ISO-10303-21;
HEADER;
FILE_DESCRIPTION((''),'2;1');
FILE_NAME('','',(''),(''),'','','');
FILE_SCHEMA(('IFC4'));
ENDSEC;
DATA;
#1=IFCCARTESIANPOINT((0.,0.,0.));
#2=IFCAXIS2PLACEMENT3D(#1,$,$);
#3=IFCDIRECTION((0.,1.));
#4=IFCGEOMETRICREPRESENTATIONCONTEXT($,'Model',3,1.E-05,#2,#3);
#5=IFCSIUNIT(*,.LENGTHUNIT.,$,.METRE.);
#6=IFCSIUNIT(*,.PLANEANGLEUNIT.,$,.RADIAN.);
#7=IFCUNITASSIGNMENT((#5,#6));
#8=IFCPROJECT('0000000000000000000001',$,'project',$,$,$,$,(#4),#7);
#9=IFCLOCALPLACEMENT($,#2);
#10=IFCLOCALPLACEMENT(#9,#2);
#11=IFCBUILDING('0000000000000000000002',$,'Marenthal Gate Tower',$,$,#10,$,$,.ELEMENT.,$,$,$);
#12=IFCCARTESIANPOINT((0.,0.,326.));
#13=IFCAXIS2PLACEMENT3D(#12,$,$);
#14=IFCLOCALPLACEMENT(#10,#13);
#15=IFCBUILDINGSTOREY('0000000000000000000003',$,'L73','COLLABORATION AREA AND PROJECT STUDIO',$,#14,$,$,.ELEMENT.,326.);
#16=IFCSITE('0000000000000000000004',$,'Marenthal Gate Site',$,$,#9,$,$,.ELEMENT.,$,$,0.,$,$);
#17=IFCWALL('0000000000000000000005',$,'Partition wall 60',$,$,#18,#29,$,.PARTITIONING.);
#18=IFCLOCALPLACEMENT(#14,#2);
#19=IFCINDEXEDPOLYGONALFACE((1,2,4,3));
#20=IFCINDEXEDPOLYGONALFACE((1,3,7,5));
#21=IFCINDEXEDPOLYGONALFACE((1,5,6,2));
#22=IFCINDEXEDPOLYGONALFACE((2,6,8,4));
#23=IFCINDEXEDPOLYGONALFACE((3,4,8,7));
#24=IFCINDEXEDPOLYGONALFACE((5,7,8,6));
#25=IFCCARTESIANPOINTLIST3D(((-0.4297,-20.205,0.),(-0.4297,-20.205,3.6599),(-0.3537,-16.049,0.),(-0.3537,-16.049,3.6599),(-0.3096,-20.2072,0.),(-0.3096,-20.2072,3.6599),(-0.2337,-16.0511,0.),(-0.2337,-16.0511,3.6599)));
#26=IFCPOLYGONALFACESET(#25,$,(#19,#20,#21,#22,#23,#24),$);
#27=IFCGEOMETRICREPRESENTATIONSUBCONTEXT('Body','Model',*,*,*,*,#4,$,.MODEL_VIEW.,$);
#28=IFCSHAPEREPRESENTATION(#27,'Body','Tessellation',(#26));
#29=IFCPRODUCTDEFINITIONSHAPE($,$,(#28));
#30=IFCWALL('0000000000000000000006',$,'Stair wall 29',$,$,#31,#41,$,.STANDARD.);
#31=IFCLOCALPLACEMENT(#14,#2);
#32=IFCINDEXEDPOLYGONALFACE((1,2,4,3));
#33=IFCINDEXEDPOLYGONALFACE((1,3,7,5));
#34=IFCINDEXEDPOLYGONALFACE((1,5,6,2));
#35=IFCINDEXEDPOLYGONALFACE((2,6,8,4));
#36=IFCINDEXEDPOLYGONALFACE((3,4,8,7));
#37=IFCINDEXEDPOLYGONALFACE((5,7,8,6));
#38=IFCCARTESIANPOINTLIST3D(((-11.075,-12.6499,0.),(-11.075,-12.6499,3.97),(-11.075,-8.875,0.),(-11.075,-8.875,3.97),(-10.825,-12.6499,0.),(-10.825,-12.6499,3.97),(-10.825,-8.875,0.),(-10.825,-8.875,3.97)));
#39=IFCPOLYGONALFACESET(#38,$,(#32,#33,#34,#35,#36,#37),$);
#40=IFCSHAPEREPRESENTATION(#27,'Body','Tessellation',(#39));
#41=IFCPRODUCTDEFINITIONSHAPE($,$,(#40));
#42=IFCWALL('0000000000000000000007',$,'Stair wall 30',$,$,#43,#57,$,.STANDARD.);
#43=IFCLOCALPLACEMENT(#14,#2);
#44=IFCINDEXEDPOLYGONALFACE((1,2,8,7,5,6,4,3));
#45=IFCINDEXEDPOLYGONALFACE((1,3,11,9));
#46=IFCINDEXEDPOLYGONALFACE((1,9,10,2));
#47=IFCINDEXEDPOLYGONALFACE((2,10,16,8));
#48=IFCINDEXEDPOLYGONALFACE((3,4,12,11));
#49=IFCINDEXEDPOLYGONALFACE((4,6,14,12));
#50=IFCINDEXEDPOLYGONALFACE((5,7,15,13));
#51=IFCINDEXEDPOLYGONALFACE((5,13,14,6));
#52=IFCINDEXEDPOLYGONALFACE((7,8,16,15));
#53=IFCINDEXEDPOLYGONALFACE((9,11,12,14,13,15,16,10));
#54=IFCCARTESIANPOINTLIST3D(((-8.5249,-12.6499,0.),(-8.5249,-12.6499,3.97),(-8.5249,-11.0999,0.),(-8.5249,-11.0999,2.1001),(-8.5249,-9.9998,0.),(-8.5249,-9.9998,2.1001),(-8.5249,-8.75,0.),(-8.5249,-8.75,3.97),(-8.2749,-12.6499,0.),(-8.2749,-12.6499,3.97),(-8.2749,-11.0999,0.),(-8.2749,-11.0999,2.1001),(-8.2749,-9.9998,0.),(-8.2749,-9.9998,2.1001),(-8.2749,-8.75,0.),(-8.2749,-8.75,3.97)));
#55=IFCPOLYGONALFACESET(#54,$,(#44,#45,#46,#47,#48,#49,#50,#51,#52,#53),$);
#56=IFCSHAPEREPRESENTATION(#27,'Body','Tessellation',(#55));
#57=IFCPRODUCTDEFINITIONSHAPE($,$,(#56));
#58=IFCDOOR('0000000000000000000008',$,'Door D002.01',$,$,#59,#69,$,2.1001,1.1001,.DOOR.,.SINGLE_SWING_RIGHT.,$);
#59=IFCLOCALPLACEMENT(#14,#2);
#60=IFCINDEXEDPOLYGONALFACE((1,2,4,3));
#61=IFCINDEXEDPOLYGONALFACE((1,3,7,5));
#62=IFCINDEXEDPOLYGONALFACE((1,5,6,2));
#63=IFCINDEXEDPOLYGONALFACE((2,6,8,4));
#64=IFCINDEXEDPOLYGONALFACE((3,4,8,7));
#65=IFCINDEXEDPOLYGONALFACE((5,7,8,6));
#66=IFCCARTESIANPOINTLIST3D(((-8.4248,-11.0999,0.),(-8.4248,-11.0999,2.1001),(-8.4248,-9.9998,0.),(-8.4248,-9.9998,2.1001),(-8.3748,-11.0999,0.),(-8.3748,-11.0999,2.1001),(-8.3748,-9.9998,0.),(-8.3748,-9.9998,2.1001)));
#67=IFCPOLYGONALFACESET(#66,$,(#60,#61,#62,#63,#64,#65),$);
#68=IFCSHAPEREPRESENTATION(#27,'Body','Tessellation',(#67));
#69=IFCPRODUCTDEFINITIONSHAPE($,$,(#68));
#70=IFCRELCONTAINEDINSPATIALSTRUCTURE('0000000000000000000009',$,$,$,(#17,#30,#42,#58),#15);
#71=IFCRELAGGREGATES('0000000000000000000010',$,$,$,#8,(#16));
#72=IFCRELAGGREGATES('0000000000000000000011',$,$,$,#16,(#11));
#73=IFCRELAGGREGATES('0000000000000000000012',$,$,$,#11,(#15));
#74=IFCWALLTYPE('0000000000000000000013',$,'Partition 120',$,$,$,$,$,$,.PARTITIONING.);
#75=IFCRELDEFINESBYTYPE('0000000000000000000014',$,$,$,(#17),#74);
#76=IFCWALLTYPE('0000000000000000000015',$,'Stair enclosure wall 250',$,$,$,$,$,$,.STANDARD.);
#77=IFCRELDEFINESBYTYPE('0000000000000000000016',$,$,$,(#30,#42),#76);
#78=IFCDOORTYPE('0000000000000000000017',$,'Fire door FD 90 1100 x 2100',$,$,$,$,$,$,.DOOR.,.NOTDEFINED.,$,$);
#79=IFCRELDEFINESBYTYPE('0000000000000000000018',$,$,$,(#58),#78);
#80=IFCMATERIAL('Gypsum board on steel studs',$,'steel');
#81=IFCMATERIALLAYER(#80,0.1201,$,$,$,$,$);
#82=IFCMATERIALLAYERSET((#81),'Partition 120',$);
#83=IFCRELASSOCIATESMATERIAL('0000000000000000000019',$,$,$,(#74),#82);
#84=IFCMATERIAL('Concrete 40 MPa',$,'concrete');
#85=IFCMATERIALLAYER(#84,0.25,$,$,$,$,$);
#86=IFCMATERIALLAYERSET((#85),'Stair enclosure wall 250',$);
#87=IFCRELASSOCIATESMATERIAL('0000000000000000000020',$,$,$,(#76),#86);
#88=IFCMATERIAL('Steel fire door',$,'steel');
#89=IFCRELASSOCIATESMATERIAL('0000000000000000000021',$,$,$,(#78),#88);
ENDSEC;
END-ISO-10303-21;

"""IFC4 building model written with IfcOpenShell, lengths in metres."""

from ifc_helpers import new_model, si_unit, direction, frame, frame_2d, origin, place, context, subcontext, project, spatial, rectangle, extrude, material, layer, layer_set, type_object, element, fill, save


model = new_model("IFC4")

# Units and contexts
model_context = context("Model", 3, precision=1e-05, world=origin(), true_north=direction((0.0, 1.0)))
body_context = subcontext(model_context, "Body", "Model", "MODEL_VIEW")
ifc_project = project(units=[si_unit("LENGTHUNIT", "METRE"), si_unit("PLANEANGLEUNIT", "RADIAN")], contexts=[model_context])

# Site, building, storey
site_placement = place(None, origin())
site = spatial("IfcSite", under=ifc_project, at=site_placement, Name="Marenthal Gate Site", CompositionType="ELEMENT", RefElevation=0.0)
building_placement = place(site_placement, origin())
building = spatial("IfcBuilding", under=site, at=building_placement, Name="Marenthal Gate Tower", CompositionType="ELEMENT")
storey_placement = place(building_placement, frame((0.0, 0.0, 326.0)))
storey = spatial("IfcBuildingStorey", under=building, at=storey_placement, Name="L73", Description="COLLABORATION AREA AND PROJECT STUDIO", CompositionType="ELEMENT", Elevation=326.0)

# Walls
ifc_material_1 = material(Name="Gypsum board on steel studs", Category="steel")
ifc_layer_1 = layer(ifc_material_1, 0.1201)
ifc_layer_set_1 = layer_set([ifc_layer_1], Name="Partition 120")
wall_type_1 = type_object("IfcWallType", Name="Partition 120", PredefinedType="PARTITIONING", material=ifc_layer_set_1)
wall_1_placement = place(storey_placement, frame((-0.2937, -16.05, 0.0), z_axis=(0.0, 0.0, 1.0), x_axis=(-0.018266, -0.999833, 0.0)))
element("IfcWall", 1, at=wall_1_placement, inside=storey, type_object=wall_type_1, Name="Partition wall 60", PredefinedType="PARTITIONING", context=body_context, shape_type="SweptSolid", body=[
    extrude(rectangle(XDim=4.1567, YDim=0.1201, at=frame_2d((2.0784, 0.0))), origin(), (0.0, 0.0, 1.0), 3.6599),
])
ifc_material_2 = material(Name="Concrete 40 MPa", Category="concrete")
ifc_layer_2 = layer(ifc_material_2, 0.25)
ifc_layer_set_2 = layer_set([ifc_layer_2], Name="Stair enclosure wall 250")
wall_type_2 = type_object("IfcWallType", Name="Stair enclosure wall 250", PredefinedType="STANDARD", material=ifc_layer_set_2)
wall_2_placement = place(storey_placement, frame((-10.95, -12.6499, 0.0), z_axis=(0.0, 0.0, 1.0), x_axis=(0.0, 1.0, 0.0)))
element("IfcWall", 2, at=wall_2_placement, inside=storey, type_object=wall_type_2, Name="Stair wall 29", PredefinedType="STANDARD", context=body_context, shape_type="SweptSolid", body=[
    extrude(rectangle(XDim=3.7749, YDim=0.25, at=frame_2d((1.8875, 0.0))), origin(), (0.0, 0.0, 1.0), 3.97),
])

# Wall, opening, door
wall_3_placement = place(storey_placement, frame((-8.3999, -12.6499, 0.0), z_axis=(0.0, 0.0, 1.0), x_axis=(0.0, 1.0, 0.0)))
wall_3 = element("IfcWall", 3, at=wall_3_placement, inside=storey, type_object=wall_type_2, Name="Stair wall 30", PredefinedType="STANDARD", context=body_context, shape_type="SweptSolid", body=[
    extrude(rectangle(XDim=3.8999, YDim=0.25, at=frame_2d((1.95, 0.0))), origin(), (0.0, 0.0, 1.0), 3.97),
])
opening_1_placement = place(wall_3_placement, frame((1.55, 0.0, 0.0)))
opening_1 = element("IfcOpeningElement", 4, at=opening_1_placement, cuts=wall_3, PredefinedType="OPENING", context=body_context, shape_type="SweptSolid", body=[
    extrude(rectangle(XDim=1.1001, YDim=2.1001, at=frame_2d((0.55, 1.05))), frame((0.0, 0.135, 0.0), z_axis=(0.0, -1.0, 0.0), x_axis=(1.0, 0.0, 0.0)), (0.0, 0.0, 1.0), 0.27),
])
ifc_material_3 = material(Name="Steel fire door", Category="steel")
door_type_1 = type_object("IfcDoorType", Name="Fire door FD 90 1100 x 2100", OperationType="NOTDEFINED", PredefinedType="DOOR", material=ifc_material_3)
door_1_placement = place(opening_1_placement, origin())
door_1 = element("IfcDoor", 5, at=door_1_placement, inside=storey, type_object=door_type_1, Name="Door D002.01", OperationType="SINGLE_SWING_RIGHT", OverallHeight=2.1001, OverallWidth=1.1001, PredefinedType="DOOR", context=body_context, shape_type="SweptSolid", body=[
    extrude(rectangle(XDim=1.1001, YDim=2.1001, at=frame_2d((0.55, 1.05))), frame((0.0, 0.0249, 0.0), z_axis=(0.0, -1.0, 0.0), x_axis=(1.0, 0.0, 0.0)), (0.0, 0.0, 1.0), 0.05),
])
fill(opening_1, door_1)

save(model, "model.ifc")
